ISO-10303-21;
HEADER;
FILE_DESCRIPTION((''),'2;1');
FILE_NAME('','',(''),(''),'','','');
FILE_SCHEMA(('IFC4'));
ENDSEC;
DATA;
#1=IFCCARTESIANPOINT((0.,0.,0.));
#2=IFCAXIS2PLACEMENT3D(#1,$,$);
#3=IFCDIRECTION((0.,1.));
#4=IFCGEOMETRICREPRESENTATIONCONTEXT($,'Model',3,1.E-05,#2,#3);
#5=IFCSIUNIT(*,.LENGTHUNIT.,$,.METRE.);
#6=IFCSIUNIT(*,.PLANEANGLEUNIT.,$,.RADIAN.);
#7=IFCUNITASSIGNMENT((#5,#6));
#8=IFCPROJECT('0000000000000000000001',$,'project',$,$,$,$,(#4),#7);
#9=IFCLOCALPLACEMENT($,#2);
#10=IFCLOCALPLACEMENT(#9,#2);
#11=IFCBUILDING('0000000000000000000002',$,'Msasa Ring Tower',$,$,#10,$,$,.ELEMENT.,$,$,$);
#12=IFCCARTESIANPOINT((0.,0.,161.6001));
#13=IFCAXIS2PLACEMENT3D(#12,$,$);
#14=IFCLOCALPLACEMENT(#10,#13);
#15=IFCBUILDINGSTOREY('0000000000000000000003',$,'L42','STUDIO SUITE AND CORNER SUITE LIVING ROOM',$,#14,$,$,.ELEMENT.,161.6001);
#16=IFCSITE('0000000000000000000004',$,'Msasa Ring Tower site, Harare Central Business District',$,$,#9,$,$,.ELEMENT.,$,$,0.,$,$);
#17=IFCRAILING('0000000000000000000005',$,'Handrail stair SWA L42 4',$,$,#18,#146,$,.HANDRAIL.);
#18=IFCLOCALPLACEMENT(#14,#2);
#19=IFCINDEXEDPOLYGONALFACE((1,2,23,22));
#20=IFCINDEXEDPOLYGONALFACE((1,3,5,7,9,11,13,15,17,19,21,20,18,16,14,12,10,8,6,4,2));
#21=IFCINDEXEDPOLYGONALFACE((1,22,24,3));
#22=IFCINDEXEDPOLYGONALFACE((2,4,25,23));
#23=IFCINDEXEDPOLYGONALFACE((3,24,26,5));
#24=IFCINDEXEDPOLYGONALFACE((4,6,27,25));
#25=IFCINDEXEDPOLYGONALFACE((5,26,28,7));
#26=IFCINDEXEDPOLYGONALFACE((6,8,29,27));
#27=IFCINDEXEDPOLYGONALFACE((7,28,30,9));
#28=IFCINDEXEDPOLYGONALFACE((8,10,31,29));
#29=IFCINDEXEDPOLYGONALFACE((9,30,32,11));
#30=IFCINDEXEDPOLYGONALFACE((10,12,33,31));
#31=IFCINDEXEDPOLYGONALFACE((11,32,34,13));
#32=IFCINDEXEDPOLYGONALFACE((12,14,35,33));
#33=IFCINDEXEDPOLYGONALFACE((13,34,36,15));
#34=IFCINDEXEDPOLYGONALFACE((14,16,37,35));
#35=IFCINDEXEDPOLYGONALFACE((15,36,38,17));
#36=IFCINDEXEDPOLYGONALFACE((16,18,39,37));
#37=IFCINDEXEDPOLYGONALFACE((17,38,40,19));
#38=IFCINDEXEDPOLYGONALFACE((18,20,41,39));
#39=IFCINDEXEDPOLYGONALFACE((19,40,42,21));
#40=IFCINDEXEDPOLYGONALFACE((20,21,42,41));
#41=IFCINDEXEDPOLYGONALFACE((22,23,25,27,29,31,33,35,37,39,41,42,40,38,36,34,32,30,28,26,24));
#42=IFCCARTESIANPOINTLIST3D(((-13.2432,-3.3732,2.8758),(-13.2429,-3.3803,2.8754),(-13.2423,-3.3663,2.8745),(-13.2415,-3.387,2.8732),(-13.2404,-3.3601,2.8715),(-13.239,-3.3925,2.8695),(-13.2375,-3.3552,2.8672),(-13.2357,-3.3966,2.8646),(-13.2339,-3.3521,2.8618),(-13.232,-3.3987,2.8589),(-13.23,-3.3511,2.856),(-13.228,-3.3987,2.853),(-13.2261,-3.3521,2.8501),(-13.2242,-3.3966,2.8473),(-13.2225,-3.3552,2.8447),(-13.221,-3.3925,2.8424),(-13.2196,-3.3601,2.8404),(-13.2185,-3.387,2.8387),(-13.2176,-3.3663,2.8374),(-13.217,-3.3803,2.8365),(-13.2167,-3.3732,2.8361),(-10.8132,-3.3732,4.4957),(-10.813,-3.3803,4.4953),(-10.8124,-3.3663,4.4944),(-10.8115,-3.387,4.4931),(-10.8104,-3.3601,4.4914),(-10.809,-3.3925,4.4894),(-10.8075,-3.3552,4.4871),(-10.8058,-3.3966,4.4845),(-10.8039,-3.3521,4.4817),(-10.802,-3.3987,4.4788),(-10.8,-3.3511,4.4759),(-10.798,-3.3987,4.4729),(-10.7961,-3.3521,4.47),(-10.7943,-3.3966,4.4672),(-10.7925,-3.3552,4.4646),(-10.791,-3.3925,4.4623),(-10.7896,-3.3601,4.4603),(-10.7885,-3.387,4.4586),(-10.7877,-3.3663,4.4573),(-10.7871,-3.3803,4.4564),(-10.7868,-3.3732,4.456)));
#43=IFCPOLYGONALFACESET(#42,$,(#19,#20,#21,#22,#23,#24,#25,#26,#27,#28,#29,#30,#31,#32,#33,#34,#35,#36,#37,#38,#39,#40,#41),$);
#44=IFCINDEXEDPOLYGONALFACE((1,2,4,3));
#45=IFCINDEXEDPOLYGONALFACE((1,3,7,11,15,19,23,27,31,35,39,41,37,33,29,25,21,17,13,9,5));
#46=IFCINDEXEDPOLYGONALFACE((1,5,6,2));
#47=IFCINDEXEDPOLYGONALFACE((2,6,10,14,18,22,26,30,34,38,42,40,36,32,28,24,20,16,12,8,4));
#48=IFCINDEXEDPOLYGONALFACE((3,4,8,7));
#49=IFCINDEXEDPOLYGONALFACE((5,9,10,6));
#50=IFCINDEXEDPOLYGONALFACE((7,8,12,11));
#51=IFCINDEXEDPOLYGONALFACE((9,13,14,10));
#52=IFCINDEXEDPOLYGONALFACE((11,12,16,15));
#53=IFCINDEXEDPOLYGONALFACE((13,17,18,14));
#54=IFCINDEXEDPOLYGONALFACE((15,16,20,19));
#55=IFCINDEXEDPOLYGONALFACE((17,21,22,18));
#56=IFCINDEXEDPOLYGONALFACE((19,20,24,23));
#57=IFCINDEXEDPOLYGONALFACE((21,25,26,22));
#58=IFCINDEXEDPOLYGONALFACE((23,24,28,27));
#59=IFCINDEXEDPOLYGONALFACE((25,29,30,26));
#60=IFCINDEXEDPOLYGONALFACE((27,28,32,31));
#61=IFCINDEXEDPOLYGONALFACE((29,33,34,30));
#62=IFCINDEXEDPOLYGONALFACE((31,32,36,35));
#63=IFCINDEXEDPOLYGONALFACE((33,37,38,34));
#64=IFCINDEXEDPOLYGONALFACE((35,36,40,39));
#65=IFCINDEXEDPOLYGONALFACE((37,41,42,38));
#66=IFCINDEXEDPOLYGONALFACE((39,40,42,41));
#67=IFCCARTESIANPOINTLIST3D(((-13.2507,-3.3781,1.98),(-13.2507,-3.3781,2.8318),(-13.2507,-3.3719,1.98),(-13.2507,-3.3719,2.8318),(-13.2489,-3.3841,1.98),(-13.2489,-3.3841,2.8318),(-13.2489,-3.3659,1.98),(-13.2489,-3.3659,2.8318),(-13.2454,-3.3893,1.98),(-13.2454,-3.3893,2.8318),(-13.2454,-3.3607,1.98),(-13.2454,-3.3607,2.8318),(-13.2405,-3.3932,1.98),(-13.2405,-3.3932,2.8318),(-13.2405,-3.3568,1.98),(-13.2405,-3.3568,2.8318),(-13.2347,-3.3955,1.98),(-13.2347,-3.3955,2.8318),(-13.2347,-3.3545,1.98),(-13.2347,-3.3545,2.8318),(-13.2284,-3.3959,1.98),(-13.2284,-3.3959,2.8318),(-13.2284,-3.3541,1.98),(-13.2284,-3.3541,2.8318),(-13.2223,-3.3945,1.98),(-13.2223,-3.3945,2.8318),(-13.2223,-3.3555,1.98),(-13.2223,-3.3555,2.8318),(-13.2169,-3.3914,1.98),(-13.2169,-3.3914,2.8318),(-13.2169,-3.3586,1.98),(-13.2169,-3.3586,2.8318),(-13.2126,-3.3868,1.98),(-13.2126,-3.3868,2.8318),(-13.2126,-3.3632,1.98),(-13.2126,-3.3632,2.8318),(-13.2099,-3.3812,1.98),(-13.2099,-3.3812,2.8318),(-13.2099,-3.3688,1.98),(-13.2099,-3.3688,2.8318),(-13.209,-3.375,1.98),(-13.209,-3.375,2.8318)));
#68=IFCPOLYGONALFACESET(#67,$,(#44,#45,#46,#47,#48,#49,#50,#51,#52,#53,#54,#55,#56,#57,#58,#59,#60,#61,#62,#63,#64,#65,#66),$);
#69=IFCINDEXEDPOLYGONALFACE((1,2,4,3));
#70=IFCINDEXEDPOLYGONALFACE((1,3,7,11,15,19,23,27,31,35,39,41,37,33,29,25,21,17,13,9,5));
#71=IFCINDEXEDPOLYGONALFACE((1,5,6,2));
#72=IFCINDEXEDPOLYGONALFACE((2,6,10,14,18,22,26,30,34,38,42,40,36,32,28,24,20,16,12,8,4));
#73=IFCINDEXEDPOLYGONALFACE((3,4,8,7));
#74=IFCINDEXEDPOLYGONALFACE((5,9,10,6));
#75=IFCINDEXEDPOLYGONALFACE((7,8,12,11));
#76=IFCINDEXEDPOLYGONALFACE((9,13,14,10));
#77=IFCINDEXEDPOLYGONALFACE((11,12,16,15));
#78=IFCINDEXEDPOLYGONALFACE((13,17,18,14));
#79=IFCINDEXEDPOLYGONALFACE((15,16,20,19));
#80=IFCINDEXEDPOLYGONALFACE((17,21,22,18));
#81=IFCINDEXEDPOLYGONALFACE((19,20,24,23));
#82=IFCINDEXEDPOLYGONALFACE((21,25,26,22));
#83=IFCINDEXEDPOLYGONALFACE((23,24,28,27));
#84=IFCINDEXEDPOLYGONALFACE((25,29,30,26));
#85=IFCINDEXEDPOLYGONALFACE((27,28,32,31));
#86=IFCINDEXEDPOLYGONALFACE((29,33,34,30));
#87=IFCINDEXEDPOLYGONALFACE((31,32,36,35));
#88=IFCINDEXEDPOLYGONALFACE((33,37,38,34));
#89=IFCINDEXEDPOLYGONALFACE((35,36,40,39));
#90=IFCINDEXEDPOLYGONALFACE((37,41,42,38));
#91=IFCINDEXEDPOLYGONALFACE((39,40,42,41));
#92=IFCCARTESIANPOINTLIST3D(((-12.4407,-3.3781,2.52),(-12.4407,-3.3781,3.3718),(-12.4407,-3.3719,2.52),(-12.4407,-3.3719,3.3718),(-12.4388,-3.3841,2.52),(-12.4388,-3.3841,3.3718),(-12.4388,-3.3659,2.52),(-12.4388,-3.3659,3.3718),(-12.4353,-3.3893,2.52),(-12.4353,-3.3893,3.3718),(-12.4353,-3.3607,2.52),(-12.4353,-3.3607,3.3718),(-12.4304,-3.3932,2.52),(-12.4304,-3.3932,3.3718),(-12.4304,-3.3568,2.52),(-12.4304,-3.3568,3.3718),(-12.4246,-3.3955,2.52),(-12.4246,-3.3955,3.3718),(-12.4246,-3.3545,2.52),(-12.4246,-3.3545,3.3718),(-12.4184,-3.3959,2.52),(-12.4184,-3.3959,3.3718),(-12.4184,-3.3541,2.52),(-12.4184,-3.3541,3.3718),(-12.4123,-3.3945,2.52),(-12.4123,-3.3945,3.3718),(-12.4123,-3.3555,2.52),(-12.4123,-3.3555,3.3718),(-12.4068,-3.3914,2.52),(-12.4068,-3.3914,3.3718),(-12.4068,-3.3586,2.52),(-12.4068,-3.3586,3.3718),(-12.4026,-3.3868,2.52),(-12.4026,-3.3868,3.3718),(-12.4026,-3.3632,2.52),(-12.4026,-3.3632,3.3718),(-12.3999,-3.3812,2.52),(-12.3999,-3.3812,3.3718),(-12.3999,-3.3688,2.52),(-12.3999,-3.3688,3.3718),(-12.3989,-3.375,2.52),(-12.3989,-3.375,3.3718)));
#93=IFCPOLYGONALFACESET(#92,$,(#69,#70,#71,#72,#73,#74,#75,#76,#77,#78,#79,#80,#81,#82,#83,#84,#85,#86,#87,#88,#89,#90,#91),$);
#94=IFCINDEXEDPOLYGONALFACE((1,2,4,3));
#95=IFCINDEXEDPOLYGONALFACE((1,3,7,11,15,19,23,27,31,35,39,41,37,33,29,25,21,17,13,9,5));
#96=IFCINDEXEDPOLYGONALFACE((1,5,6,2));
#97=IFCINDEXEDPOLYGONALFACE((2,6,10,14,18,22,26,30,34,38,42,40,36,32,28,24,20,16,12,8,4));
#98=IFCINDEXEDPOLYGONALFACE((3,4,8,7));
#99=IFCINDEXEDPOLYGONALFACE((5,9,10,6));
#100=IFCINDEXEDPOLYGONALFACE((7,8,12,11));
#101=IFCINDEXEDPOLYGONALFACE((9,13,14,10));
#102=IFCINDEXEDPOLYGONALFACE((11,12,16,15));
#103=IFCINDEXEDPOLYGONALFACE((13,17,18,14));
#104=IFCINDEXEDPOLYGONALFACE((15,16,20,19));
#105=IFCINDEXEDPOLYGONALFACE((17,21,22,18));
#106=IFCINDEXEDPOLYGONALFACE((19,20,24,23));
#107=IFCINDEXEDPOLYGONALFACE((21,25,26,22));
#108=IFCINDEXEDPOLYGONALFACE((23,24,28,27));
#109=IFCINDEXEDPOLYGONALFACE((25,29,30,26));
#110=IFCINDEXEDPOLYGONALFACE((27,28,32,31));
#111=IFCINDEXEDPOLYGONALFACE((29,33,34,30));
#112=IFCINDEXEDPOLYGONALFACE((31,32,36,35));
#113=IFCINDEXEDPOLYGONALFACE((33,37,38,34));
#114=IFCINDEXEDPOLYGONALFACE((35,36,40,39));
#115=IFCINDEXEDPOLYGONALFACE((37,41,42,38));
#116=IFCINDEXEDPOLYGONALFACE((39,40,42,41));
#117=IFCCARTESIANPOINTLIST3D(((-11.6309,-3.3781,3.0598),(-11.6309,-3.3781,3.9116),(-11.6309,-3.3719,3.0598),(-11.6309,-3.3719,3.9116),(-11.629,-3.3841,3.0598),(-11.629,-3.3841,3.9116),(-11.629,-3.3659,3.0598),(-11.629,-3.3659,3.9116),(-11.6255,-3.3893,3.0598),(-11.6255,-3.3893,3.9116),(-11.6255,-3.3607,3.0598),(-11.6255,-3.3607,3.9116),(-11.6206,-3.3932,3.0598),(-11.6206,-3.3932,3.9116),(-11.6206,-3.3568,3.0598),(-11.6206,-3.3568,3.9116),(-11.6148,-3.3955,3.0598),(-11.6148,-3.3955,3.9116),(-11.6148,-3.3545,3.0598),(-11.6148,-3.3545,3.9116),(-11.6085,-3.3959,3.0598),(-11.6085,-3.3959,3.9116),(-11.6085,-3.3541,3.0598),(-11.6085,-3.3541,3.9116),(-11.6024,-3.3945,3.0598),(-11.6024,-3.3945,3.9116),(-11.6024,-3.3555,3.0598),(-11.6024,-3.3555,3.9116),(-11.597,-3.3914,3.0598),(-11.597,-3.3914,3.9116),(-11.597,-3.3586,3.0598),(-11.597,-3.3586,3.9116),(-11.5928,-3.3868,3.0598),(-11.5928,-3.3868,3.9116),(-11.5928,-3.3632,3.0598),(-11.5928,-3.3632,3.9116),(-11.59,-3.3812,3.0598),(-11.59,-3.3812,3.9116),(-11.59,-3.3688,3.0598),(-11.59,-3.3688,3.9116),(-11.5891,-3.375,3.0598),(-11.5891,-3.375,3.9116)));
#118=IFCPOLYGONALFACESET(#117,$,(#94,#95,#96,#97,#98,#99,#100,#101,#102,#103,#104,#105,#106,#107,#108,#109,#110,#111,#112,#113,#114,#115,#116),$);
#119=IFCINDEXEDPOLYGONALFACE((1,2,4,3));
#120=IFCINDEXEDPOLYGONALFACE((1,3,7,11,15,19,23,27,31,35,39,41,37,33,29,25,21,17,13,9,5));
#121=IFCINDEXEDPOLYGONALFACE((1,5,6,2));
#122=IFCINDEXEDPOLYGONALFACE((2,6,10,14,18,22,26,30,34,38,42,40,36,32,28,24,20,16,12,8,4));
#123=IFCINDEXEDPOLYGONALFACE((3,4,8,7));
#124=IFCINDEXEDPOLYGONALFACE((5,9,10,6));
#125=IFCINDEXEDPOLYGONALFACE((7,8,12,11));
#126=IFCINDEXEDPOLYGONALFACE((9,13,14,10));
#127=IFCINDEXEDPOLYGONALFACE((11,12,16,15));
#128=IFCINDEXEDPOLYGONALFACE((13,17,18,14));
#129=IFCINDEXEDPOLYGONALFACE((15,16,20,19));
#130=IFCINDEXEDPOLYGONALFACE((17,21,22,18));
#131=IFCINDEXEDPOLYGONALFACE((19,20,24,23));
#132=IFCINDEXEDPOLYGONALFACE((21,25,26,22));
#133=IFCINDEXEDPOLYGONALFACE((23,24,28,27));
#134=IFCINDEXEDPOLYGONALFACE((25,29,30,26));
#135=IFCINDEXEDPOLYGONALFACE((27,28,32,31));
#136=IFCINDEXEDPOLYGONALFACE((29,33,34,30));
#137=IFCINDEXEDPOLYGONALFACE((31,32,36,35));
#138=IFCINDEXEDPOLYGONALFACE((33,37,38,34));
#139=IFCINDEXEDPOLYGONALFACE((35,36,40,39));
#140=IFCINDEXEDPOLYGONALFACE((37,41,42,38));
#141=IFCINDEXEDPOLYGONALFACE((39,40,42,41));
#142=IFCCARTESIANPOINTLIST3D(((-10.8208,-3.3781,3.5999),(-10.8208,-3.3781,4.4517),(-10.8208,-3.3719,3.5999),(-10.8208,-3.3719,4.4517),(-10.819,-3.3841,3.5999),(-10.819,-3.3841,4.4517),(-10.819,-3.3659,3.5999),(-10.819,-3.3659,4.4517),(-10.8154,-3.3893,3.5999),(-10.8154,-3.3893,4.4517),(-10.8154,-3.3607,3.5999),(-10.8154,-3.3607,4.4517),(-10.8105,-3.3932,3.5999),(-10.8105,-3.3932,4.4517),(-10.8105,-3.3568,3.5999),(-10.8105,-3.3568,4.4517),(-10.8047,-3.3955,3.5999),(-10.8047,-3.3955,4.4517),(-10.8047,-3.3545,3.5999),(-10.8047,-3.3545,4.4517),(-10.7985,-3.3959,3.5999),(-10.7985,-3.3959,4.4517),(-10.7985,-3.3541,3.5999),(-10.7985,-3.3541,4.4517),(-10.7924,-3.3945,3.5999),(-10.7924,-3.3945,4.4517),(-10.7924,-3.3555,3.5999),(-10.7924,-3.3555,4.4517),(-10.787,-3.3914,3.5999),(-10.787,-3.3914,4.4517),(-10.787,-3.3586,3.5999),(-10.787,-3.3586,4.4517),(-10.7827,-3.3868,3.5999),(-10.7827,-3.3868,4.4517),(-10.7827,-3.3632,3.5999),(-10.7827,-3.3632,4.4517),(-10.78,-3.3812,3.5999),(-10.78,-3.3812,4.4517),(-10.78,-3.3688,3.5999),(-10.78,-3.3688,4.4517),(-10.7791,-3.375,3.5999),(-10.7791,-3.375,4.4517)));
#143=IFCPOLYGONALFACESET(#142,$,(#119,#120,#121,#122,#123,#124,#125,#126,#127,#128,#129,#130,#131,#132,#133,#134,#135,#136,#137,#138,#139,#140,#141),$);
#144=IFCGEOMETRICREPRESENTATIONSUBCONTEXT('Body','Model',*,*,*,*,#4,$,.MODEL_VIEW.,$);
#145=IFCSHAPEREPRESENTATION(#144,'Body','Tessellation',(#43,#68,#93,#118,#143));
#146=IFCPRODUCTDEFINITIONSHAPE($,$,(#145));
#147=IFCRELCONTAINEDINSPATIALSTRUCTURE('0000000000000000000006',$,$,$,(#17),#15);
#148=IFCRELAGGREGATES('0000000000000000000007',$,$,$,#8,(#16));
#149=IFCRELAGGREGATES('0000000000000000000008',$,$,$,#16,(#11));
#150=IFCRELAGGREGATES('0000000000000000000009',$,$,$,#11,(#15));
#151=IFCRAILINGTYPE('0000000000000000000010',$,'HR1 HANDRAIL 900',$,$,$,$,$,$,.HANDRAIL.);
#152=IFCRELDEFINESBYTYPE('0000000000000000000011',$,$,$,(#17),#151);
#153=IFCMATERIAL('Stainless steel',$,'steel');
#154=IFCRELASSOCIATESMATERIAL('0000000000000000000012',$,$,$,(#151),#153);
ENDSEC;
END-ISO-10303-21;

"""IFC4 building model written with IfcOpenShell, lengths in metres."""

from ifc_helpers import new_model, si_unit, direction, frame, origin, origin_2d, place, context, subcontext, project, spatial, circle, extrude, material, type_object, element, save


model = new_model("IFC4")

# Units and contexts
model_context = context("Model", 3, precision=1e-05, world=origin(), true_north=direction((0.0, 1.0)))
body_context = subcontext(model_context, "Body", "Model", "MODEL_VIEW")
ifc_project = project(units=[si_unit("LENGTHUNIT", "METRE"), si_unit("PLANEANGLEUNIT", "RADIAN")], contexts=[model_context])

# Site, building, storey
site_placement = place(None, origin())
site = spatial("IfcSite", under=ifc_project, at=site_placement, Name="Msasa Ring Tower site, Harare Central Business District", CompositionType="ELEMENT", RefElevation=0.0)
building_placement = place(site_placement, origin())
building = spatial("IfcBuilding", under=site, at=building_placement, Name="Msasa Ring Tower", CompositionType="ELEMENT")
storey_placement = place(building_placement, frame((0.0, 0.0, 161.6001)))
storey = spatial("IfcBuildingStorey", under=building, at=storey_placement, Name="L42", Description="STUDIO SUITE AND CORNER SUITE LIVING ROOM", CompositionType="ELEMENT", Elevation=161.6001)

# Railing
ifc_material_1 = material(Name="Stainless steel", Category="steel")
railing_type = type_object("IfcRailingType", Name="HR1 HANDRAIL 900", PredefinedType="HANDRAIL", material=ifc_material_1)
for number, where, name in (
    (1, (-13.23, -3.375, 1.98), "Handrail stair SWA L42 4"),
):
    element("IfcRailing", number, at=place(storey_placement, frame(where)), inside=storey, type_object=railing_type, Name=name, PredefinedType="HANDRAIL", context=body_context, shape_type="SweptSolid", body=[
        extrude(circle(Radius=0.0239, at=origin_2d()), frame((0.0, 0.0, 0.876), z_axis=(0.832063, 0.0, 0.554681), x_axis=(0.0, 1.0, 0.0)), (0.0, 0.0, 1.0), 2.9204),
        extrude(circle(Radius=0.021, at=origin_2d()), origin(), (0.0, 0.0, 1.0), 0.8518),
        extrude(circle(Radius=0.021, at=origin_2d()), frame((0.8101, 0.0, 0.54)), (0.0, 0.0, 1.0), 0.8518),
        extrude(circle(Radius=0.021, at=origin_2d()), frame((1.6199, 0.0, 1.0798)), (0.0, 0.0, 1.0), 0.8518),
        extrude(circle(Radius=0.021, at=origin_2d()), frame((2.4299, 0.0, 1.6199)), (0.0, 0.0, 1.0), 0.8518),
    ])

save(model, "model.ifc")
